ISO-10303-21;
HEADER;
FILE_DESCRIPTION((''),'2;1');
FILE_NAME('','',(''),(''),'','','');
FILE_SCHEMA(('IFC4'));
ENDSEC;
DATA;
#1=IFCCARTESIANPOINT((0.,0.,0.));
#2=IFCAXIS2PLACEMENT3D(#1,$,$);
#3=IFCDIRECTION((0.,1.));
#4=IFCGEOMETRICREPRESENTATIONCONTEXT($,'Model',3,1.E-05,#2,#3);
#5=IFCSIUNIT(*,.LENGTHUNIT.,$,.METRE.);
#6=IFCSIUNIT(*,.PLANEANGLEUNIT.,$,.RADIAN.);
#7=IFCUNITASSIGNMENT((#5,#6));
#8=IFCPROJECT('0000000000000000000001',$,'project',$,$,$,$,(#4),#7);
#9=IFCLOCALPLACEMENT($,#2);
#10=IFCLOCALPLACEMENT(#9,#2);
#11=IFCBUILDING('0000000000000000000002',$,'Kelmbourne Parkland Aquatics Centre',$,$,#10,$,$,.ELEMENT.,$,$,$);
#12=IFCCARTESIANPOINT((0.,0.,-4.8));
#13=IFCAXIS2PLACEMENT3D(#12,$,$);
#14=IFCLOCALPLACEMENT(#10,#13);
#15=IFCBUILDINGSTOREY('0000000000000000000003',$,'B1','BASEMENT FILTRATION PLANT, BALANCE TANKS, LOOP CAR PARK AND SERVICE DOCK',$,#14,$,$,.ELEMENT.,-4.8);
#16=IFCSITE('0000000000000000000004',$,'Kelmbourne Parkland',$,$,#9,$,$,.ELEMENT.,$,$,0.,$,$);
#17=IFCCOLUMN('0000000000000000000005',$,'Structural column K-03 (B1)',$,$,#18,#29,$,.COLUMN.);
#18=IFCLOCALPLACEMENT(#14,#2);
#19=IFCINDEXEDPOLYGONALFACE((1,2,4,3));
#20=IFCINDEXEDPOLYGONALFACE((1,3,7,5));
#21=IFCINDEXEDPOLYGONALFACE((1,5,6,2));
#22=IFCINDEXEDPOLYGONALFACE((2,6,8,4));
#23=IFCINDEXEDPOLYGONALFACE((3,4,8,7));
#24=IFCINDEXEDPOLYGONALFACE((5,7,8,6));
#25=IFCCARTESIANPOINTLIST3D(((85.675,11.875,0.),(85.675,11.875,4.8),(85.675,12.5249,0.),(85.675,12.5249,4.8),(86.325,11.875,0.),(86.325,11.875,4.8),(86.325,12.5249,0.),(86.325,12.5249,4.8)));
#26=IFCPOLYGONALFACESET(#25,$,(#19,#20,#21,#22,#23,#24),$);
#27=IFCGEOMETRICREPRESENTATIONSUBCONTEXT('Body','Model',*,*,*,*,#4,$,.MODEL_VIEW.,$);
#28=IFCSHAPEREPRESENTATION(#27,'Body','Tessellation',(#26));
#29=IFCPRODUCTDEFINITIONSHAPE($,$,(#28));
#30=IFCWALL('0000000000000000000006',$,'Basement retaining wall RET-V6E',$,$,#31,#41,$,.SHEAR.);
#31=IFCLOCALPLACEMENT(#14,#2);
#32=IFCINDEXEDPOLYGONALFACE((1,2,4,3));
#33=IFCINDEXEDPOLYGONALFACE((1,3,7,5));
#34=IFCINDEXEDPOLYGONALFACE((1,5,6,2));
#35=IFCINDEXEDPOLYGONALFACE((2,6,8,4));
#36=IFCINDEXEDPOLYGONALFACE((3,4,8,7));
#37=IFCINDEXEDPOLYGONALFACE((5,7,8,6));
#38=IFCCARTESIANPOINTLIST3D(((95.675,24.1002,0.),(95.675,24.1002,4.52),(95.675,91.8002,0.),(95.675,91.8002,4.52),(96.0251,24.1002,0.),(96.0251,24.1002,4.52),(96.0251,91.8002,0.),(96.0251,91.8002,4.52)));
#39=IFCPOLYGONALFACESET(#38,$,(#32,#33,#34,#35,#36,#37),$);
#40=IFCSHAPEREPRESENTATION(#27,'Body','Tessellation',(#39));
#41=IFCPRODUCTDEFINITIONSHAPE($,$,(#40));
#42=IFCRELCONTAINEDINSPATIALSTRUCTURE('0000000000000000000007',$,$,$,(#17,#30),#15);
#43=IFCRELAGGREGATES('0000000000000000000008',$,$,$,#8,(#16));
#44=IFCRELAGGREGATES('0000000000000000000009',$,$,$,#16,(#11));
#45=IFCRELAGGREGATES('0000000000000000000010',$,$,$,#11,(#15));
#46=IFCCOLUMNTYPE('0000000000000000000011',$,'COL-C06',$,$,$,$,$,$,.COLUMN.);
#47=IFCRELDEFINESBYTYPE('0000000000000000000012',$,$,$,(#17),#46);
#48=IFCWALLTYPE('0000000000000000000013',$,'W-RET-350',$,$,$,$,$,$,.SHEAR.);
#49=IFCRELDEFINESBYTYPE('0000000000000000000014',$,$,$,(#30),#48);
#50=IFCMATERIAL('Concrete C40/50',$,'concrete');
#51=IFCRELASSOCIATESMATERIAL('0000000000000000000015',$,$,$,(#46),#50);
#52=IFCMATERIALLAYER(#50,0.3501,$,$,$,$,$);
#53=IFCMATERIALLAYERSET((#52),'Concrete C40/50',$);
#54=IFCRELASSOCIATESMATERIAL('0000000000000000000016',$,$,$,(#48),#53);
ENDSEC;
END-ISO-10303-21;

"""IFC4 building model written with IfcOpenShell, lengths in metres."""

from ifc_helpers import new_model, si_unit, direction, frame, frame_2d, origin, origin_2d, place, context, subcontext, project, spatial, rectangle, extrude, material, layer, layer_set, material_profile, profile_set, type_object, element, save


model = new_model("IFC4")

# Units and contexts
model_context = context("Model", 3, precision=1e-05, world=origin(), true_north=direction((0.0, 1.0)))
body_context = subcontext(model_context, "Body", "Model", "MODEL_VIEW")
ifc_project = project(units=[si_unit("LENGTHUNIT", "METRE"), si_unit("PLANEANGLEUNIT", "RADIAN")], contexts=[model_context])

# Site, building, storey
site_placement = place(None, origin())
site = spatial("IfcSite", under=ifc_project, at=site_placement, Name="Kelmbourne Parkland", CompositionType="ELEMENT", RefElevation=0.0)
building_placement = place(site_placement, origin())
building = spatial("IfcBuilding", under=site, at=building_placement, Name="Kelmbourne Parkland Aquatics Centre", CompositionType="ELEMENT")
storey_placement = place(building_placement, frame((0.0, 0.0, -4.8)))
storey = spatial("IfcBuildingStorey", under=building, at=storey_placement, Name="B1", Description="BASEMENT FILTRATION PLANT, BALANCE TANKS, LOOP CAR PARK AND SERVICE DOCK", CompositionType="ELEMENT", Elevation=-4.8)

# Column
ifc_material_1 = material(Name="Concrete C40/50", Category="concrete")
ifc_material_profile_1 = material_profile(ifc_material_1, rectangle(XDim=0.6499, YDim=0.6499, at=origin_2d()), Name="RC 650x650")
ifc_profile_set_1 = profile_set([ifc_material_profile_1], Name="Concrete C40/50")
column_type_1 = type_object("IfcColumnType", Name="COL-C06", PredefinedType="COLUMN", material=ifc_profile_set_1)
column_1_placement = place(storey_placement, frame((86.0, 12.2, 0.0), z_axis=(0.0, 0.0, 1.0), x_axis=(1.0, 0.0, 0.0)))
element("IfcColumn", 1, at=column_1_placement, inside=storey, type_object=column_type_1, Name="Structural column K-03 (B1)", PredefinedType="COLUMN", context=body_context, shape_type="SweptSolid", body=[
    extrude(rectangle(XDim=0.6499, YDim=0.6499, at=origin_2d()), origin(), (0.0, 0.0, 1.0), 4.8),
])

# Wall
ifc_layer = layer(ifc_material_1, 0.3501)
ifc_layer_set = layer_set([ifc_layer], Name="Concrete C40/50")
wall_type = type_object("IfcWallType", Name="W-RET-350", PredefinedType="SHEAR", material=ifc_layer_set)
wall_placement = place(storey_placement, frame((95.8501, 24.1001, 0.0), z_axis=(0.0, 0.0, 1.0), x_axis=(0.0, 1.0, 0.0)))
element("IfcWall", 2, at=wall_placement, inside=storey, type_object=wall_type, Name="Basement retaining wall RET-V6E", PredefinedType="SHEAR", context=body_context, shape_type="SweptSolid", body=[
    extrude(rectangle(XDim=67.7, YDim=0.3501, at=frame_2d((33.8501, 0.0))), origin(), (0.0, 0.0, 1.0), 4.52),
])

save(model, "model.ifc")
